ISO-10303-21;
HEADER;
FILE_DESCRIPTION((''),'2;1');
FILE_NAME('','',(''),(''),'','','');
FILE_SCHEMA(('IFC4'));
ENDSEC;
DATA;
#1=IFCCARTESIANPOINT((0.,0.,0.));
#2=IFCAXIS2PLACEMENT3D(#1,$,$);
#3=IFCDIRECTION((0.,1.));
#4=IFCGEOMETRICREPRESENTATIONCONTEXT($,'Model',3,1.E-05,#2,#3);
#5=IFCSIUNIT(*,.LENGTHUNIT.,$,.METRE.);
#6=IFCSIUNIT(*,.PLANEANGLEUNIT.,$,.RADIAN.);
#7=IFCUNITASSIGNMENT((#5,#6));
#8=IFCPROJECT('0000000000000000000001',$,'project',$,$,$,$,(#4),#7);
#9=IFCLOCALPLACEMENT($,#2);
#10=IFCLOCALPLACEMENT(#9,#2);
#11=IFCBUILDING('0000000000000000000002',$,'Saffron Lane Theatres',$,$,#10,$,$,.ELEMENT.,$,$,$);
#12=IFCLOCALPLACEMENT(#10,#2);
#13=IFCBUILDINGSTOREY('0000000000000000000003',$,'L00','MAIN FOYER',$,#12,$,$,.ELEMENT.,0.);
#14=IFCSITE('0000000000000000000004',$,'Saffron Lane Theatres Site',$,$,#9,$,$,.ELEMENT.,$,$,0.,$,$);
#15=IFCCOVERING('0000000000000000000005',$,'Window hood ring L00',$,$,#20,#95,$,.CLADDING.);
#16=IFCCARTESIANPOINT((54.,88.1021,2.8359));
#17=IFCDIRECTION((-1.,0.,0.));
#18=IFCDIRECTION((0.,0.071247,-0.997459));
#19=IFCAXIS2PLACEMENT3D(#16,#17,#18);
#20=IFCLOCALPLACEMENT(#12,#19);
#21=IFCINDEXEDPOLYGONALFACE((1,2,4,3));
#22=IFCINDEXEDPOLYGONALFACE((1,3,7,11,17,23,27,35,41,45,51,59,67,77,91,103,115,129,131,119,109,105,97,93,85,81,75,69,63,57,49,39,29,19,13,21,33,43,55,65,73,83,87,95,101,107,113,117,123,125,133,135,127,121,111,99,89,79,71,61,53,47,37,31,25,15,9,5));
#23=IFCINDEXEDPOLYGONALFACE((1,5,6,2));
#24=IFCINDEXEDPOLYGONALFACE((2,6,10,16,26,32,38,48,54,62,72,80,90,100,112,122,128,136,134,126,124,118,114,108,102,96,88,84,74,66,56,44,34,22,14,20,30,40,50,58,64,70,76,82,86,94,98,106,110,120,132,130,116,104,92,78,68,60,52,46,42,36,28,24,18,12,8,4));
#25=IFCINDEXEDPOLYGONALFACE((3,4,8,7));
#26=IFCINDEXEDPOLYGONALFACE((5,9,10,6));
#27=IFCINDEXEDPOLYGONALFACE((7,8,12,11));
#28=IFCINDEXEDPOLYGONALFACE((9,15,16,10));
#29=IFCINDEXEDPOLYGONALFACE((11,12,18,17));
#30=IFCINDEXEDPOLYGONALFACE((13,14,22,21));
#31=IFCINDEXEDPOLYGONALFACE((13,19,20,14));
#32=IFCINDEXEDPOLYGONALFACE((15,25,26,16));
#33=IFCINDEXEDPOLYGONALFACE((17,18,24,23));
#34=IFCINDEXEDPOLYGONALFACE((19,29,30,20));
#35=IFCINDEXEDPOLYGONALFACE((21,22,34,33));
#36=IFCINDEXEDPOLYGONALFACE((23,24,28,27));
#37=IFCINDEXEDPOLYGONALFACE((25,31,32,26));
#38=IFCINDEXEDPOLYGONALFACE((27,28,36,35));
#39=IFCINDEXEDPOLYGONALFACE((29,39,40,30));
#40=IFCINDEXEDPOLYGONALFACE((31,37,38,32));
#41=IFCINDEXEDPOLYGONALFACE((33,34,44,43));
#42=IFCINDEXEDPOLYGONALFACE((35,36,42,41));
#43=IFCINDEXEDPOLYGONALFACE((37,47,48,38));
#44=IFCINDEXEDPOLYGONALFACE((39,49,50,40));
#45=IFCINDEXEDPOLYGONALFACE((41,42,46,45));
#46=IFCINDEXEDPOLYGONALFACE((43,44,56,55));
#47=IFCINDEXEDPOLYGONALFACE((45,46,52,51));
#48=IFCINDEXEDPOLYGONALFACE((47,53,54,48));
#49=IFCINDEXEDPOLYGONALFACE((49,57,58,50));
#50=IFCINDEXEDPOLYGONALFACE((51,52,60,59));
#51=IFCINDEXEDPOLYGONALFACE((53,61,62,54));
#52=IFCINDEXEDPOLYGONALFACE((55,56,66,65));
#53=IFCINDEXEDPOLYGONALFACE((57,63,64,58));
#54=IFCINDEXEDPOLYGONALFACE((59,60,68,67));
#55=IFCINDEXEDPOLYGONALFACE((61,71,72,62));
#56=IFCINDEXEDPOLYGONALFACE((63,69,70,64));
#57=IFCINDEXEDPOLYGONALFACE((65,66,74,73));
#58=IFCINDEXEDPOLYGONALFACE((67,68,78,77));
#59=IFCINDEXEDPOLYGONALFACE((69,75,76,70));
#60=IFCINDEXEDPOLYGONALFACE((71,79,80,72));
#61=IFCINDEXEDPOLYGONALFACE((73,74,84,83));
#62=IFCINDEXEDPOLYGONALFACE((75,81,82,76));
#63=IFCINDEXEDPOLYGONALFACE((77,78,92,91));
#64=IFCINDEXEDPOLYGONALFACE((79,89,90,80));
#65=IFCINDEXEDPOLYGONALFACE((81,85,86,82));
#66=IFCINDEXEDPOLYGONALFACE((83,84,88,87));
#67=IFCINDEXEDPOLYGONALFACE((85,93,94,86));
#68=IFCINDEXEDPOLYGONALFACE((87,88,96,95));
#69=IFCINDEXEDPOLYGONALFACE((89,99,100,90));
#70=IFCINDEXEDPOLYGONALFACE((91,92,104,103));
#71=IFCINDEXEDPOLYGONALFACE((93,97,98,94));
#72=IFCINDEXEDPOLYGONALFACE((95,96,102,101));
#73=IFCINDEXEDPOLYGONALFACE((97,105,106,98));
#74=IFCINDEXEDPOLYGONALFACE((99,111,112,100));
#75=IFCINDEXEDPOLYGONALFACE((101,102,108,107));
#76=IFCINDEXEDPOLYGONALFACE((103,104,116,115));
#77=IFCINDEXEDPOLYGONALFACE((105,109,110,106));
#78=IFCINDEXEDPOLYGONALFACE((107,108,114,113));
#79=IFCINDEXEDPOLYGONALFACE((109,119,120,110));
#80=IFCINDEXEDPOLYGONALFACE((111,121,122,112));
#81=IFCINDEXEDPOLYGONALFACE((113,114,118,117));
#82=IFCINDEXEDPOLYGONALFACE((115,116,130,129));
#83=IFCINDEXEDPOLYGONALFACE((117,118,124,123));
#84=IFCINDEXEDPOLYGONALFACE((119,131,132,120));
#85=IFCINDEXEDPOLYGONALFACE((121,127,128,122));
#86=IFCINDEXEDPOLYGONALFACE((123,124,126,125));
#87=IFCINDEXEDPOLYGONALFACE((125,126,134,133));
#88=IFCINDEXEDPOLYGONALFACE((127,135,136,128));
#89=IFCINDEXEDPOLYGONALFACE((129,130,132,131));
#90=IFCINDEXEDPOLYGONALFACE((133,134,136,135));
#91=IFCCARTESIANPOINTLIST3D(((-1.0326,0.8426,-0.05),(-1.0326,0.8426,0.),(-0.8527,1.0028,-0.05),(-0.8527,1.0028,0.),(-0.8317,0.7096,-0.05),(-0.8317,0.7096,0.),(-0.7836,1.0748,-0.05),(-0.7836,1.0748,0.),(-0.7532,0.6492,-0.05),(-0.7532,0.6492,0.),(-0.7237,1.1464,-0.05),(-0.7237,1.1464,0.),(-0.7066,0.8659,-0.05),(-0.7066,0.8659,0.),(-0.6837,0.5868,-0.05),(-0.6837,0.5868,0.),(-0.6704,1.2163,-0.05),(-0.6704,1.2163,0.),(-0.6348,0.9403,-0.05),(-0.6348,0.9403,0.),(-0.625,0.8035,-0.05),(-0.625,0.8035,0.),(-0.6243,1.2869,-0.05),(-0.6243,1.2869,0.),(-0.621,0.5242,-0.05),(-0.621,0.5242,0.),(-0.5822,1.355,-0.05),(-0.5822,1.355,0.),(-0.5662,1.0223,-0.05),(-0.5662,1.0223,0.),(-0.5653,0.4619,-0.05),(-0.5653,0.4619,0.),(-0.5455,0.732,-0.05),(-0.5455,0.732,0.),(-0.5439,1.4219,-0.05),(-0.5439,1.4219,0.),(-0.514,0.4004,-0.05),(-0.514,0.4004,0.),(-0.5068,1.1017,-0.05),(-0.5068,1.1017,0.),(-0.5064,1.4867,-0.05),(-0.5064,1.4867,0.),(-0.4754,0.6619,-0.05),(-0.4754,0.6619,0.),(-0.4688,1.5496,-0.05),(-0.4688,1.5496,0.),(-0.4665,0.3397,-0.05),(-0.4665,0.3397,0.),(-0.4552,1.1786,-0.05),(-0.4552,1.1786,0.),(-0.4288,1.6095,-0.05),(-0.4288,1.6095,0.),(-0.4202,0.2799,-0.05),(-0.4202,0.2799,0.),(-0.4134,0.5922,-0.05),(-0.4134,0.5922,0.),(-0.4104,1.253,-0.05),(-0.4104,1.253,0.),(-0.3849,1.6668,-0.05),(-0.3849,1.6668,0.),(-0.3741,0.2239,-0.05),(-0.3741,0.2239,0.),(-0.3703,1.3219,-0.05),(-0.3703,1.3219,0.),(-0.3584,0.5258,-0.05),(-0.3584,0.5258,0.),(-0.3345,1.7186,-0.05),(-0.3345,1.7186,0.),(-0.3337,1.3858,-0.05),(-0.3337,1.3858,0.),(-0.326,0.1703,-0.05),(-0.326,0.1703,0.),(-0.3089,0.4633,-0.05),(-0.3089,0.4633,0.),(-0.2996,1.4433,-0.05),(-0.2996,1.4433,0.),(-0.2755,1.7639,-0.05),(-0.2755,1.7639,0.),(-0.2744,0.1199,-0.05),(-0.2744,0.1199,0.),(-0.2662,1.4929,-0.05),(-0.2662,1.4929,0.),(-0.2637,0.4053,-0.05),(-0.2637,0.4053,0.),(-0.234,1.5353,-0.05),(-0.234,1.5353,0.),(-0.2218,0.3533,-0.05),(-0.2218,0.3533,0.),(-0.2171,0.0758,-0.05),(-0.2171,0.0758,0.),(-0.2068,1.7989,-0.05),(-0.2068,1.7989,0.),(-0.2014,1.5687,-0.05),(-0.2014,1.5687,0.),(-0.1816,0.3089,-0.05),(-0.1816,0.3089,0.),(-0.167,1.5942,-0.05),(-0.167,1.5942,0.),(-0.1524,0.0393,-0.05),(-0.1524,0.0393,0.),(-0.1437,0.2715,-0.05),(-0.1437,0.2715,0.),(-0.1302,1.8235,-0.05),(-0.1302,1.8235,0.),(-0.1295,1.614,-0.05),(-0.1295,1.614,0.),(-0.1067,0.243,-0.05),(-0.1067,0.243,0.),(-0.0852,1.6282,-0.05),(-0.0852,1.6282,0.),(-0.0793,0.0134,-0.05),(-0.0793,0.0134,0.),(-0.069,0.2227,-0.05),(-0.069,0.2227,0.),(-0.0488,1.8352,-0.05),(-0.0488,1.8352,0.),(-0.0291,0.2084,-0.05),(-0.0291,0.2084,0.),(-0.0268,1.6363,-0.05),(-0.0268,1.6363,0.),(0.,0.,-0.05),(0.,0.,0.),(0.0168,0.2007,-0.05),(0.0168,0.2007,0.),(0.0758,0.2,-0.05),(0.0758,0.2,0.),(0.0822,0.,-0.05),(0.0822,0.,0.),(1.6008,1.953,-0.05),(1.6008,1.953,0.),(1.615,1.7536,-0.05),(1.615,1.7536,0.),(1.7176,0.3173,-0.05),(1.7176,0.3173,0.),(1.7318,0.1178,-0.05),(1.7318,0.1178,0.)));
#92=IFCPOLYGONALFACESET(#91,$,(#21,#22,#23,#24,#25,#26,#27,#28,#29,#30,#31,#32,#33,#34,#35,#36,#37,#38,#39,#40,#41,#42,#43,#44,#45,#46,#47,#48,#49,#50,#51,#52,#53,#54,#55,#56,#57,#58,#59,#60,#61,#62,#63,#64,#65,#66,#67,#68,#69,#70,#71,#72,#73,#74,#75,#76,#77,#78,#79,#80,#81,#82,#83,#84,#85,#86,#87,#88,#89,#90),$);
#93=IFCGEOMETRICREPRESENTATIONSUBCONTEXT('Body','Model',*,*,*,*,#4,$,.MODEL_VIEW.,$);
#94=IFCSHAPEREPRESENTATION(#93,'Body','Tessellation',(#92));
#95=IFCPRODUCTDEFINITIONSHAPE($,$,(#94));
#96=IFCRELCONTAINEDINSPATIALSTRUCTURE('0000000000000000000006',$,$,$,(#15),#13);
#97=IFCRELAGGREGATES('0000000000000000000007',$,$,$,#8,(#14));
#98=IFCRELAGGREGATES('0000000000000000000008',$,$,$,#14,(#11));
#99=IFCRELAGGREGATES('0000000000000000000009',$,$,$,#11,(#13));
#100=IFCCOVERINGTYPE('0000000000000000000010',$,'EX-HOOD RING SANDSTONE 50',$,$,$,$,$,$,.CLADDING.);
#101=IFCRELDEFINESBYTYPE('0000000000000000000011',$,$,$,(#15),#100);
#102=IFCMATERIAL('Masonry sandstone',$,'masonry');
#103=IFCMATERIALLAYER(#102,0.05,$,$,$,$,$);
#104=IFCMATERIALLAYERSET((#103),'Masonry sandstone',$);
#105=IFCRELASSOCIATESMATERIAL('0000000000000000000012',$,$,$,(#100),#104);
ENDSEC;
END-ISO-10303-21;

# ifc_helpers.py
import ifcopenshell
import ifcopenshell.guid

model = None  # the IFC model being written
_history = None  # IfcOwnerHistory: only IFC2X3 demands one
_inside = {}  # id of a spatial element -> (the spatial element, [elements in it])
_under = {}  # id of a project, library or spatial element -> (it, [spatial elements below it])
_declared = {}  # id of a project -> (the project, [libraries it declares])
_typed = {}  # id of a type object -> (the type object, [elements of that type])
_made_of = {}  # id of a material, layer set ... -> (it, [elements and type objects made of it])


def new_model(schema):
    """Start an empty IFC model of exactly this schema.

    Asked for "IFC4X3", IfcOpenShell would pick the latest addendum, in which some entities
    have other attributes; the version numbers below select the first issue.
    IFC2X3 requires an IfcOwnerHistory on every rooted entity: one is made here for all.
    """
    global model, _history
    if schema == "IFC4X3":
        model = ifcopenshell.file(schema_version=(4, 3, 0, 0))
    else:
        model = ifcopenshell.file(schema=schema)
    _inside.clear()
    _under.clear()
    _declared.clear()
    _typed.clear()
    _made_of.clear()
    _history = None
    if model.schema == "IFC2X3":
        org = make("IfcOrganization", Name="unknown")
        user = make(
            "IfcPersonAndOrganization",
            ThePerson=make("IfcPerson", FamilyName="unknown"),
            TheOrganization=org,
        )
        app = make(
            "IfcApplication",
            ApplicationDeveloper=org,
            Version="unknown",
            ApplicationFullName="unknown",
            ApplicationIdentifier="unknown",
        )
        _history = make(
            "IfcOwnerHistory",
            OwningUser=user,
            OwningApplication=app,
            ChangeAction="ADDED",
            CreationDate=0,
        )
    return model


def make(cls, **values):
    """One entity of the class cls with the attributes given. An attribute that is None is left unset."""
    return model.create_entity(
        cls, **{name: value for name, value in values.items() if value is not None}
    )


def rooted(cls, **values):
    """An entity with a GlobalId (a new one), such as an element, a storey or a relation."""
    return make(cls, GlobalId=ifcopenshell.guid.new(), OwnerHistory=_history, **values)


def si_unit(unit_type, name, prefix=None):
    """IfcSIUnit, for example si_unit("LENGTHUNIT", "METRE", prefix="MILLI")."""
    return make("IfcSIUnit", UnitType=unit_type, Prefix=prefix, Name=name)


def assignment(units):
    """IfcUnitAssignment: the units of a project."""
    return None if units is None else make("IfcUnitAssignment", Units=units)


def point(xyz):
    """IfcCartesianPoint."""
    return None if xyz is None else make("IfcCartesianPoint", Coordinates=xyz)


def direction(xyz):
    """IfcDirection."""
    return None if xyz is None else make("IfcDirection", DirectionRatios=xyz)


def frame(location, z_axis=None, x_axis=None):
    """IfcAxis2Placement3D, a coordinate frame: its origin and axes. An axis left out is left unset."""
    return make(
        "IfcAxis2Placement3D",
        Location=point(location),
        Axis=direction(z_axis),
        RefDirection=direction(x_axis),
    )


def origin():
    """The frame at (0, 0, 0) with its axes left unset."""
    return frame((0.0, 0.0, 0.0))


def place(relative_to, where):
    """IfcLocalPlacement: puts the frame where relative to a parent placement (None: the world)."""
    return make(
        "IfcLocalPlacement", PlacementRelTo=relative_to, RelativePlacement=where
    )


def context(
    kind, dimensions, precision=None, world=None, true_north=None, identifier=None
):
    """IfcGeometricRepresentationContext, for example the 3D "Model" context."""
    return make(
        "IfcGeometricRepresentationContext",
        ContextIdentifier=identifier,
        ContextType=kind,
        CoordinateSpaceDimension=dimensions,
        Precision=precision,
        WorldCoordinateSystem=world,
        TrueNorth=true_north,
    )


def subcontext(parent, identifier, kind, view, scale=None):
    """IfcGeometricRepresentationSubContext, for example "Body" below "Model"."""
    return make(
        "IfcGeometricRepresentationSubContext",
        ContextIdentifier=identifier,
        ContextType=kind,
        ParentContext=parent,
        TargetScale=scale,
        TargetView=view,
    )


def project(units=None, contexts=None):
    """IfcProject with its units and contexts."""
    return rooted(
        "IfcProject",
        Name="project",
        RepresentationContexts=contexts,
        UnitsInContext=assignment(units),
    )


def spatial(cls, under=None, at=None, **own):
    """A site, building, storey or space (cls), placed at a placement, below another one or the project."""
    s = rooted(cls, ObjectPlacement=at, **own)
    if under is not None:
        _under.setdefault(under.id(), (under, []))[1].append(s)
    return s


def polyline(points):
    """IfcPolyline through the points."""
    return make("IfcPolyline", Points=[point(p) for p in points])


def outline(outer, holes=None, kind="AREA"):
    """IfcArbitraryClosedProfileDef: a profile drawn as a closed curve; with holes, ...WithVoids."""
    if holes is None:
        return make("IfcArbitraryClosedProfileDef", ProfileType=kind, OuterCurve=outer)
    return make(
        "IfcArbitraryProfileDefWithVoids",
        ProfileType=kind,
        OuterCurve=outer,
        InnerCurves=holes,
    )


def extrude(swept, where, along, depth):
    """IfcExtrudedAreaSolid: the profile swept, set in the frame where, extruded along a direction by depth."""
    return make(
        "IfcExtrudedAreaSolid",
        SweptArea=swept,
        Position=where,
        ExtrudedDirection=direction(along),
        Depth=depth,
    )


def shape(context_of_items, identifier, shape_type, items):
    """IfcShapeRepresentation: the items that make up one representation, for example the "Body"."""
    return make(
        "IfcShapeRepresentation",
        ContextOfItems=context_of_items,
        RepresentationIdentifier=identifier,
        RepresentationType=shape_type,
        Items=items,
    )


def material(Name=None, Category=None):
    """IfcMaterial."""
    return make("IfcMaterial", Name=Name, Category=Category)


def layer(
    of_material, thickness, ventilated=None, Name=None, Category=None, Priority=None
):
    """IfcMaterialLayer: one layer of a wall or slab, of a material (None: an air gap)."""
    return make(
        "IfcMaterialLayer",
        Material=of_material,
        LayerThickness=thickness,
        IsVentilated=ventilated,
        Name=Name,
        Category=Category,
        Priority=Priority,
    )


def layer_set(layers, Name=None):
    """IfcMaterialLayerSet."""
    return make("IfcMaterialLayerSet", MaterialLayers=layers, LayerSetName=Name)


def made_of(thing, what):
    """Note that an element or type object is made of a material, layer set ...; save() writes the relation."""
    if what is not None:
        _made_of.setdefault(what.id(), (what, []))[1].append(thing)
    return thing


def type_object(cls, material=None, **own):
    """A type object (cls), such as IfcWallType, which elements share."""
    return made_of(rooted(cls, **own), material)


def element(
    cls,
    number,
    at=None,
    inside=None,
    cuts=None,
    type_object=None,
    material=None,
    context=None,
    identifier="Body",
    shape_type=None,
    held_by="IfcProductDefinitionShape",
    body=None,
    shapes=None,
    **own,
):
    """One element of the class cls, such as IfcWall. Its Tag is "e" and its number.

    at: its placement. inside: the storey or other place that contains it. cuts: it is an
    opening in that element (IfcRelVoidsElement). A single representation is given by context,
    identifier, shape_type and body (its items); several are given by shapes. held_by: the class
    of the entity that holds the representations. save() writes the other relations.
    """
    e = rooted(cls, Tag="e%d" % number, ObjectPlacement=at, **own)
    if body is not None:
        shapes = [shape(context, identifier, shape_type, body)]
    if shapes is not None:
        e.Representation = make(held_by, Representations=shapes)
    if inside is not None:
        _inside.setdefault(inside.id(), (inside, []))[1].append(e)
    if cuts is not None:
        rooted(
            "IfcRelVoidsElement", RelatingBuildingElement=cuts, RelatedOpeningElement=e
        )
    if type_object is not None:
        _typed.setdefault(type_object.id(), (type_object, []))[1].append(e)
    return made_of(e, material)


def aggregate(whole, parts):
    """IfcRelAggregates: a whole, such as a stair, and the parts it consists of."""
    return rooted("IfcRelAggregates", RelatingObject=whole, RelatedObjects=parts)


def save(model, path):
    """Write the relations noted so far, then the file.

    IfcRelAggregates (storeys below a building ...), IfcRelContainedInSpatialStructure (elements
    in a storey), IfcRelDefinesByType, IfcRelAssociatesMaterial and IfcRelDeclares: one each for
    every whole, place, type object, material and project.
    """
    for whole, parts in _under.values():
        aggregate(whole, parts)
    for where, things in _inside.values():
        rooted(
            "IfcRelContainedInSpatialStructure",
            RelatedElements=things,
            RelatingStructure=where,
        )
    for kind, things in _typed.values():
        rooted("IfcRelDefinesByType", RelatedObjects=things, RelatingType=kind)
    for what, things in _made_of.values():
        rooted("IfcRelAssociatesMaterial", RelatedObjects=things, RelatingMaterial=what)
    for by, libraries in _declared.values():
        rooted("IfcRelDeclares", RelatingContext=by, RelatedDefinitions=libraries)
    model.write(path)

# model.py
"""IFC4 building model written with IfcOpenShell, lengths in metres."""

from ifc_helpers import new_model, si_unit, direction, frame, origin, place, context, subcontext, project, spatial, polyline, outline, extrude, material, layer, layer_set, type_object, element, save


model = new_model("IFC4")

# Units and contexts
model_context = context("Model", 3, precision=1e-05, world=origin(), true_north=direction((0.0, 1.0)))
body_context = subcontext(model_context, "Body", "Model", "MODEL_VIEW")
ifc_project = project(units=[si_unit("LENGTHUNIT", "METRE"), si_unit("PLANEANGLEUNIT", "RADIAN")], contexts=[model_context])

# Site, building, storey
site_placement = place(None, origin())
site = spatial("IfcSite", under=ifc_project, at=site_placement, Name="Saffron Lane Theatres Site", CompositionType="ELEMENT", RefElevation=0.0)
building_placement = place(site_placement, origin())
building = spatial("IfcBuilding", under=site, at=building_placement, Name="Saffron Lane Theatres", CompositionType="ELEMENT")
storey_placement = place(building_placement, origin())
storey = spatial("IfcBuildingStorey", under=building, at=storey_placement, Name="L00", Description="MAIN FOYER", CompositionType="ELEMENT", Elevation=0.0)

# Covering
ifc_material_1 = material(Name="Masonry sandstone", Category="masonry")
ifc_layer_1 = layer(ifc_material_1, 0.05)
ifc_layer_set_1 = layer_set([ifc_layer_1], Name="Masonry sandstone")
covering_type_1 = type_object("IfcCoveringType", Name="EX-HOOD RING SANDSTONE 50", PredefinedType="CLADDING", material=ifc_layer_set_1)
covering_1_placement = place(storey_placement, frame((54.0, 88.1021, 2.8359), z_axis=(-1.0, 0.0, 0.0), x_axis=(0.0, 0.071247, -0.997459)))
element("IfcCovering", 1, at=covering_1_placement, inside=storey, type_object=covering_type_1, Name="Window hood ring L00", PredefinedType="CLADDING", context=body_context, shape_type="SweptSolid", body=[
    extrude(outline(polyline([(0.0, 0.0), (0.0822, 0.0), (1.7318, 0.1178), (1.7176, 0.3173), (0.0758, 0.2), (0.0168, 0.2007), (-0.0291, 0.2084), (-0.069, 0.2227), (-0.1067, 0.243), (-0.1437, 0.2715), (-0.1816, 0.3089), (-0.2218, 0.3533), (-0.2637, 0.4053), (-0.3089, 0.4633), (-0.3584, 0.5258), (-0.4134, 0.5922), (-0.4754, 0.6619), (-0.5455, 0.732), (-0.625, 0.8035), (-0.7066, 0.8659), (-0.6348, 0.9403), (-0.5662, 1.0223), (-0.5068, 1.1017), (-0.4552, 1.1786), (-0.4104, 1.253), (-0.3703, 1.3219), (-0.3337, 1.3858), (-0.2996, 1.4433), (-0.2662, 1.4929), (-0.234, 1.5353), (-0.2014, 1.5687), (-0.167, 1.5942), (-0.1295, 1.614), (-0.0852, 1.6282), (-0.0268, 1.6363), (1.615, 1.7536), (1.6008, 1.953), (-0.0488, 1.8352), (-0.1302, 1.8235), (-0.2068, 1.7989), (-0.2755, 1.7639), (-0.3345, 1.7186), (-0.3849, 1.6668), (-0.4288, 1.6095), (-0.4688, 1.5496), (-0.5064, 1.4867), (-0.5439, 1.4219), (-0.5822, 1.355), (-0.6243, 1.2869), (-0.6704, 1.2163), (-0.7237, 1.1464), (-0.7836, 1.0748), (-0.8527, 1.0028), (-1.0326, 0.8426), (-0.8317, 0.7096), (-0.7532, 0.6492), (-0.6837, 0.5868), (-0.621, 0.5242), (-0.5653, 0.4619), (-0.514, 0.4004), (-0.4665, 0.3397), (-0.4202, 0.2799), (-0.3741, 0.2239), (-0.326, 0.1703), (-0.2744, 0.1199), (-0.2171, 0.0758), (-0.1524, 0.0393), (-0.0793, 0.0134), (0.0, 0.0)])), origin(), (0.0, 0.0, -1.0), 0.05),
])

save(model, "model.ifc")
